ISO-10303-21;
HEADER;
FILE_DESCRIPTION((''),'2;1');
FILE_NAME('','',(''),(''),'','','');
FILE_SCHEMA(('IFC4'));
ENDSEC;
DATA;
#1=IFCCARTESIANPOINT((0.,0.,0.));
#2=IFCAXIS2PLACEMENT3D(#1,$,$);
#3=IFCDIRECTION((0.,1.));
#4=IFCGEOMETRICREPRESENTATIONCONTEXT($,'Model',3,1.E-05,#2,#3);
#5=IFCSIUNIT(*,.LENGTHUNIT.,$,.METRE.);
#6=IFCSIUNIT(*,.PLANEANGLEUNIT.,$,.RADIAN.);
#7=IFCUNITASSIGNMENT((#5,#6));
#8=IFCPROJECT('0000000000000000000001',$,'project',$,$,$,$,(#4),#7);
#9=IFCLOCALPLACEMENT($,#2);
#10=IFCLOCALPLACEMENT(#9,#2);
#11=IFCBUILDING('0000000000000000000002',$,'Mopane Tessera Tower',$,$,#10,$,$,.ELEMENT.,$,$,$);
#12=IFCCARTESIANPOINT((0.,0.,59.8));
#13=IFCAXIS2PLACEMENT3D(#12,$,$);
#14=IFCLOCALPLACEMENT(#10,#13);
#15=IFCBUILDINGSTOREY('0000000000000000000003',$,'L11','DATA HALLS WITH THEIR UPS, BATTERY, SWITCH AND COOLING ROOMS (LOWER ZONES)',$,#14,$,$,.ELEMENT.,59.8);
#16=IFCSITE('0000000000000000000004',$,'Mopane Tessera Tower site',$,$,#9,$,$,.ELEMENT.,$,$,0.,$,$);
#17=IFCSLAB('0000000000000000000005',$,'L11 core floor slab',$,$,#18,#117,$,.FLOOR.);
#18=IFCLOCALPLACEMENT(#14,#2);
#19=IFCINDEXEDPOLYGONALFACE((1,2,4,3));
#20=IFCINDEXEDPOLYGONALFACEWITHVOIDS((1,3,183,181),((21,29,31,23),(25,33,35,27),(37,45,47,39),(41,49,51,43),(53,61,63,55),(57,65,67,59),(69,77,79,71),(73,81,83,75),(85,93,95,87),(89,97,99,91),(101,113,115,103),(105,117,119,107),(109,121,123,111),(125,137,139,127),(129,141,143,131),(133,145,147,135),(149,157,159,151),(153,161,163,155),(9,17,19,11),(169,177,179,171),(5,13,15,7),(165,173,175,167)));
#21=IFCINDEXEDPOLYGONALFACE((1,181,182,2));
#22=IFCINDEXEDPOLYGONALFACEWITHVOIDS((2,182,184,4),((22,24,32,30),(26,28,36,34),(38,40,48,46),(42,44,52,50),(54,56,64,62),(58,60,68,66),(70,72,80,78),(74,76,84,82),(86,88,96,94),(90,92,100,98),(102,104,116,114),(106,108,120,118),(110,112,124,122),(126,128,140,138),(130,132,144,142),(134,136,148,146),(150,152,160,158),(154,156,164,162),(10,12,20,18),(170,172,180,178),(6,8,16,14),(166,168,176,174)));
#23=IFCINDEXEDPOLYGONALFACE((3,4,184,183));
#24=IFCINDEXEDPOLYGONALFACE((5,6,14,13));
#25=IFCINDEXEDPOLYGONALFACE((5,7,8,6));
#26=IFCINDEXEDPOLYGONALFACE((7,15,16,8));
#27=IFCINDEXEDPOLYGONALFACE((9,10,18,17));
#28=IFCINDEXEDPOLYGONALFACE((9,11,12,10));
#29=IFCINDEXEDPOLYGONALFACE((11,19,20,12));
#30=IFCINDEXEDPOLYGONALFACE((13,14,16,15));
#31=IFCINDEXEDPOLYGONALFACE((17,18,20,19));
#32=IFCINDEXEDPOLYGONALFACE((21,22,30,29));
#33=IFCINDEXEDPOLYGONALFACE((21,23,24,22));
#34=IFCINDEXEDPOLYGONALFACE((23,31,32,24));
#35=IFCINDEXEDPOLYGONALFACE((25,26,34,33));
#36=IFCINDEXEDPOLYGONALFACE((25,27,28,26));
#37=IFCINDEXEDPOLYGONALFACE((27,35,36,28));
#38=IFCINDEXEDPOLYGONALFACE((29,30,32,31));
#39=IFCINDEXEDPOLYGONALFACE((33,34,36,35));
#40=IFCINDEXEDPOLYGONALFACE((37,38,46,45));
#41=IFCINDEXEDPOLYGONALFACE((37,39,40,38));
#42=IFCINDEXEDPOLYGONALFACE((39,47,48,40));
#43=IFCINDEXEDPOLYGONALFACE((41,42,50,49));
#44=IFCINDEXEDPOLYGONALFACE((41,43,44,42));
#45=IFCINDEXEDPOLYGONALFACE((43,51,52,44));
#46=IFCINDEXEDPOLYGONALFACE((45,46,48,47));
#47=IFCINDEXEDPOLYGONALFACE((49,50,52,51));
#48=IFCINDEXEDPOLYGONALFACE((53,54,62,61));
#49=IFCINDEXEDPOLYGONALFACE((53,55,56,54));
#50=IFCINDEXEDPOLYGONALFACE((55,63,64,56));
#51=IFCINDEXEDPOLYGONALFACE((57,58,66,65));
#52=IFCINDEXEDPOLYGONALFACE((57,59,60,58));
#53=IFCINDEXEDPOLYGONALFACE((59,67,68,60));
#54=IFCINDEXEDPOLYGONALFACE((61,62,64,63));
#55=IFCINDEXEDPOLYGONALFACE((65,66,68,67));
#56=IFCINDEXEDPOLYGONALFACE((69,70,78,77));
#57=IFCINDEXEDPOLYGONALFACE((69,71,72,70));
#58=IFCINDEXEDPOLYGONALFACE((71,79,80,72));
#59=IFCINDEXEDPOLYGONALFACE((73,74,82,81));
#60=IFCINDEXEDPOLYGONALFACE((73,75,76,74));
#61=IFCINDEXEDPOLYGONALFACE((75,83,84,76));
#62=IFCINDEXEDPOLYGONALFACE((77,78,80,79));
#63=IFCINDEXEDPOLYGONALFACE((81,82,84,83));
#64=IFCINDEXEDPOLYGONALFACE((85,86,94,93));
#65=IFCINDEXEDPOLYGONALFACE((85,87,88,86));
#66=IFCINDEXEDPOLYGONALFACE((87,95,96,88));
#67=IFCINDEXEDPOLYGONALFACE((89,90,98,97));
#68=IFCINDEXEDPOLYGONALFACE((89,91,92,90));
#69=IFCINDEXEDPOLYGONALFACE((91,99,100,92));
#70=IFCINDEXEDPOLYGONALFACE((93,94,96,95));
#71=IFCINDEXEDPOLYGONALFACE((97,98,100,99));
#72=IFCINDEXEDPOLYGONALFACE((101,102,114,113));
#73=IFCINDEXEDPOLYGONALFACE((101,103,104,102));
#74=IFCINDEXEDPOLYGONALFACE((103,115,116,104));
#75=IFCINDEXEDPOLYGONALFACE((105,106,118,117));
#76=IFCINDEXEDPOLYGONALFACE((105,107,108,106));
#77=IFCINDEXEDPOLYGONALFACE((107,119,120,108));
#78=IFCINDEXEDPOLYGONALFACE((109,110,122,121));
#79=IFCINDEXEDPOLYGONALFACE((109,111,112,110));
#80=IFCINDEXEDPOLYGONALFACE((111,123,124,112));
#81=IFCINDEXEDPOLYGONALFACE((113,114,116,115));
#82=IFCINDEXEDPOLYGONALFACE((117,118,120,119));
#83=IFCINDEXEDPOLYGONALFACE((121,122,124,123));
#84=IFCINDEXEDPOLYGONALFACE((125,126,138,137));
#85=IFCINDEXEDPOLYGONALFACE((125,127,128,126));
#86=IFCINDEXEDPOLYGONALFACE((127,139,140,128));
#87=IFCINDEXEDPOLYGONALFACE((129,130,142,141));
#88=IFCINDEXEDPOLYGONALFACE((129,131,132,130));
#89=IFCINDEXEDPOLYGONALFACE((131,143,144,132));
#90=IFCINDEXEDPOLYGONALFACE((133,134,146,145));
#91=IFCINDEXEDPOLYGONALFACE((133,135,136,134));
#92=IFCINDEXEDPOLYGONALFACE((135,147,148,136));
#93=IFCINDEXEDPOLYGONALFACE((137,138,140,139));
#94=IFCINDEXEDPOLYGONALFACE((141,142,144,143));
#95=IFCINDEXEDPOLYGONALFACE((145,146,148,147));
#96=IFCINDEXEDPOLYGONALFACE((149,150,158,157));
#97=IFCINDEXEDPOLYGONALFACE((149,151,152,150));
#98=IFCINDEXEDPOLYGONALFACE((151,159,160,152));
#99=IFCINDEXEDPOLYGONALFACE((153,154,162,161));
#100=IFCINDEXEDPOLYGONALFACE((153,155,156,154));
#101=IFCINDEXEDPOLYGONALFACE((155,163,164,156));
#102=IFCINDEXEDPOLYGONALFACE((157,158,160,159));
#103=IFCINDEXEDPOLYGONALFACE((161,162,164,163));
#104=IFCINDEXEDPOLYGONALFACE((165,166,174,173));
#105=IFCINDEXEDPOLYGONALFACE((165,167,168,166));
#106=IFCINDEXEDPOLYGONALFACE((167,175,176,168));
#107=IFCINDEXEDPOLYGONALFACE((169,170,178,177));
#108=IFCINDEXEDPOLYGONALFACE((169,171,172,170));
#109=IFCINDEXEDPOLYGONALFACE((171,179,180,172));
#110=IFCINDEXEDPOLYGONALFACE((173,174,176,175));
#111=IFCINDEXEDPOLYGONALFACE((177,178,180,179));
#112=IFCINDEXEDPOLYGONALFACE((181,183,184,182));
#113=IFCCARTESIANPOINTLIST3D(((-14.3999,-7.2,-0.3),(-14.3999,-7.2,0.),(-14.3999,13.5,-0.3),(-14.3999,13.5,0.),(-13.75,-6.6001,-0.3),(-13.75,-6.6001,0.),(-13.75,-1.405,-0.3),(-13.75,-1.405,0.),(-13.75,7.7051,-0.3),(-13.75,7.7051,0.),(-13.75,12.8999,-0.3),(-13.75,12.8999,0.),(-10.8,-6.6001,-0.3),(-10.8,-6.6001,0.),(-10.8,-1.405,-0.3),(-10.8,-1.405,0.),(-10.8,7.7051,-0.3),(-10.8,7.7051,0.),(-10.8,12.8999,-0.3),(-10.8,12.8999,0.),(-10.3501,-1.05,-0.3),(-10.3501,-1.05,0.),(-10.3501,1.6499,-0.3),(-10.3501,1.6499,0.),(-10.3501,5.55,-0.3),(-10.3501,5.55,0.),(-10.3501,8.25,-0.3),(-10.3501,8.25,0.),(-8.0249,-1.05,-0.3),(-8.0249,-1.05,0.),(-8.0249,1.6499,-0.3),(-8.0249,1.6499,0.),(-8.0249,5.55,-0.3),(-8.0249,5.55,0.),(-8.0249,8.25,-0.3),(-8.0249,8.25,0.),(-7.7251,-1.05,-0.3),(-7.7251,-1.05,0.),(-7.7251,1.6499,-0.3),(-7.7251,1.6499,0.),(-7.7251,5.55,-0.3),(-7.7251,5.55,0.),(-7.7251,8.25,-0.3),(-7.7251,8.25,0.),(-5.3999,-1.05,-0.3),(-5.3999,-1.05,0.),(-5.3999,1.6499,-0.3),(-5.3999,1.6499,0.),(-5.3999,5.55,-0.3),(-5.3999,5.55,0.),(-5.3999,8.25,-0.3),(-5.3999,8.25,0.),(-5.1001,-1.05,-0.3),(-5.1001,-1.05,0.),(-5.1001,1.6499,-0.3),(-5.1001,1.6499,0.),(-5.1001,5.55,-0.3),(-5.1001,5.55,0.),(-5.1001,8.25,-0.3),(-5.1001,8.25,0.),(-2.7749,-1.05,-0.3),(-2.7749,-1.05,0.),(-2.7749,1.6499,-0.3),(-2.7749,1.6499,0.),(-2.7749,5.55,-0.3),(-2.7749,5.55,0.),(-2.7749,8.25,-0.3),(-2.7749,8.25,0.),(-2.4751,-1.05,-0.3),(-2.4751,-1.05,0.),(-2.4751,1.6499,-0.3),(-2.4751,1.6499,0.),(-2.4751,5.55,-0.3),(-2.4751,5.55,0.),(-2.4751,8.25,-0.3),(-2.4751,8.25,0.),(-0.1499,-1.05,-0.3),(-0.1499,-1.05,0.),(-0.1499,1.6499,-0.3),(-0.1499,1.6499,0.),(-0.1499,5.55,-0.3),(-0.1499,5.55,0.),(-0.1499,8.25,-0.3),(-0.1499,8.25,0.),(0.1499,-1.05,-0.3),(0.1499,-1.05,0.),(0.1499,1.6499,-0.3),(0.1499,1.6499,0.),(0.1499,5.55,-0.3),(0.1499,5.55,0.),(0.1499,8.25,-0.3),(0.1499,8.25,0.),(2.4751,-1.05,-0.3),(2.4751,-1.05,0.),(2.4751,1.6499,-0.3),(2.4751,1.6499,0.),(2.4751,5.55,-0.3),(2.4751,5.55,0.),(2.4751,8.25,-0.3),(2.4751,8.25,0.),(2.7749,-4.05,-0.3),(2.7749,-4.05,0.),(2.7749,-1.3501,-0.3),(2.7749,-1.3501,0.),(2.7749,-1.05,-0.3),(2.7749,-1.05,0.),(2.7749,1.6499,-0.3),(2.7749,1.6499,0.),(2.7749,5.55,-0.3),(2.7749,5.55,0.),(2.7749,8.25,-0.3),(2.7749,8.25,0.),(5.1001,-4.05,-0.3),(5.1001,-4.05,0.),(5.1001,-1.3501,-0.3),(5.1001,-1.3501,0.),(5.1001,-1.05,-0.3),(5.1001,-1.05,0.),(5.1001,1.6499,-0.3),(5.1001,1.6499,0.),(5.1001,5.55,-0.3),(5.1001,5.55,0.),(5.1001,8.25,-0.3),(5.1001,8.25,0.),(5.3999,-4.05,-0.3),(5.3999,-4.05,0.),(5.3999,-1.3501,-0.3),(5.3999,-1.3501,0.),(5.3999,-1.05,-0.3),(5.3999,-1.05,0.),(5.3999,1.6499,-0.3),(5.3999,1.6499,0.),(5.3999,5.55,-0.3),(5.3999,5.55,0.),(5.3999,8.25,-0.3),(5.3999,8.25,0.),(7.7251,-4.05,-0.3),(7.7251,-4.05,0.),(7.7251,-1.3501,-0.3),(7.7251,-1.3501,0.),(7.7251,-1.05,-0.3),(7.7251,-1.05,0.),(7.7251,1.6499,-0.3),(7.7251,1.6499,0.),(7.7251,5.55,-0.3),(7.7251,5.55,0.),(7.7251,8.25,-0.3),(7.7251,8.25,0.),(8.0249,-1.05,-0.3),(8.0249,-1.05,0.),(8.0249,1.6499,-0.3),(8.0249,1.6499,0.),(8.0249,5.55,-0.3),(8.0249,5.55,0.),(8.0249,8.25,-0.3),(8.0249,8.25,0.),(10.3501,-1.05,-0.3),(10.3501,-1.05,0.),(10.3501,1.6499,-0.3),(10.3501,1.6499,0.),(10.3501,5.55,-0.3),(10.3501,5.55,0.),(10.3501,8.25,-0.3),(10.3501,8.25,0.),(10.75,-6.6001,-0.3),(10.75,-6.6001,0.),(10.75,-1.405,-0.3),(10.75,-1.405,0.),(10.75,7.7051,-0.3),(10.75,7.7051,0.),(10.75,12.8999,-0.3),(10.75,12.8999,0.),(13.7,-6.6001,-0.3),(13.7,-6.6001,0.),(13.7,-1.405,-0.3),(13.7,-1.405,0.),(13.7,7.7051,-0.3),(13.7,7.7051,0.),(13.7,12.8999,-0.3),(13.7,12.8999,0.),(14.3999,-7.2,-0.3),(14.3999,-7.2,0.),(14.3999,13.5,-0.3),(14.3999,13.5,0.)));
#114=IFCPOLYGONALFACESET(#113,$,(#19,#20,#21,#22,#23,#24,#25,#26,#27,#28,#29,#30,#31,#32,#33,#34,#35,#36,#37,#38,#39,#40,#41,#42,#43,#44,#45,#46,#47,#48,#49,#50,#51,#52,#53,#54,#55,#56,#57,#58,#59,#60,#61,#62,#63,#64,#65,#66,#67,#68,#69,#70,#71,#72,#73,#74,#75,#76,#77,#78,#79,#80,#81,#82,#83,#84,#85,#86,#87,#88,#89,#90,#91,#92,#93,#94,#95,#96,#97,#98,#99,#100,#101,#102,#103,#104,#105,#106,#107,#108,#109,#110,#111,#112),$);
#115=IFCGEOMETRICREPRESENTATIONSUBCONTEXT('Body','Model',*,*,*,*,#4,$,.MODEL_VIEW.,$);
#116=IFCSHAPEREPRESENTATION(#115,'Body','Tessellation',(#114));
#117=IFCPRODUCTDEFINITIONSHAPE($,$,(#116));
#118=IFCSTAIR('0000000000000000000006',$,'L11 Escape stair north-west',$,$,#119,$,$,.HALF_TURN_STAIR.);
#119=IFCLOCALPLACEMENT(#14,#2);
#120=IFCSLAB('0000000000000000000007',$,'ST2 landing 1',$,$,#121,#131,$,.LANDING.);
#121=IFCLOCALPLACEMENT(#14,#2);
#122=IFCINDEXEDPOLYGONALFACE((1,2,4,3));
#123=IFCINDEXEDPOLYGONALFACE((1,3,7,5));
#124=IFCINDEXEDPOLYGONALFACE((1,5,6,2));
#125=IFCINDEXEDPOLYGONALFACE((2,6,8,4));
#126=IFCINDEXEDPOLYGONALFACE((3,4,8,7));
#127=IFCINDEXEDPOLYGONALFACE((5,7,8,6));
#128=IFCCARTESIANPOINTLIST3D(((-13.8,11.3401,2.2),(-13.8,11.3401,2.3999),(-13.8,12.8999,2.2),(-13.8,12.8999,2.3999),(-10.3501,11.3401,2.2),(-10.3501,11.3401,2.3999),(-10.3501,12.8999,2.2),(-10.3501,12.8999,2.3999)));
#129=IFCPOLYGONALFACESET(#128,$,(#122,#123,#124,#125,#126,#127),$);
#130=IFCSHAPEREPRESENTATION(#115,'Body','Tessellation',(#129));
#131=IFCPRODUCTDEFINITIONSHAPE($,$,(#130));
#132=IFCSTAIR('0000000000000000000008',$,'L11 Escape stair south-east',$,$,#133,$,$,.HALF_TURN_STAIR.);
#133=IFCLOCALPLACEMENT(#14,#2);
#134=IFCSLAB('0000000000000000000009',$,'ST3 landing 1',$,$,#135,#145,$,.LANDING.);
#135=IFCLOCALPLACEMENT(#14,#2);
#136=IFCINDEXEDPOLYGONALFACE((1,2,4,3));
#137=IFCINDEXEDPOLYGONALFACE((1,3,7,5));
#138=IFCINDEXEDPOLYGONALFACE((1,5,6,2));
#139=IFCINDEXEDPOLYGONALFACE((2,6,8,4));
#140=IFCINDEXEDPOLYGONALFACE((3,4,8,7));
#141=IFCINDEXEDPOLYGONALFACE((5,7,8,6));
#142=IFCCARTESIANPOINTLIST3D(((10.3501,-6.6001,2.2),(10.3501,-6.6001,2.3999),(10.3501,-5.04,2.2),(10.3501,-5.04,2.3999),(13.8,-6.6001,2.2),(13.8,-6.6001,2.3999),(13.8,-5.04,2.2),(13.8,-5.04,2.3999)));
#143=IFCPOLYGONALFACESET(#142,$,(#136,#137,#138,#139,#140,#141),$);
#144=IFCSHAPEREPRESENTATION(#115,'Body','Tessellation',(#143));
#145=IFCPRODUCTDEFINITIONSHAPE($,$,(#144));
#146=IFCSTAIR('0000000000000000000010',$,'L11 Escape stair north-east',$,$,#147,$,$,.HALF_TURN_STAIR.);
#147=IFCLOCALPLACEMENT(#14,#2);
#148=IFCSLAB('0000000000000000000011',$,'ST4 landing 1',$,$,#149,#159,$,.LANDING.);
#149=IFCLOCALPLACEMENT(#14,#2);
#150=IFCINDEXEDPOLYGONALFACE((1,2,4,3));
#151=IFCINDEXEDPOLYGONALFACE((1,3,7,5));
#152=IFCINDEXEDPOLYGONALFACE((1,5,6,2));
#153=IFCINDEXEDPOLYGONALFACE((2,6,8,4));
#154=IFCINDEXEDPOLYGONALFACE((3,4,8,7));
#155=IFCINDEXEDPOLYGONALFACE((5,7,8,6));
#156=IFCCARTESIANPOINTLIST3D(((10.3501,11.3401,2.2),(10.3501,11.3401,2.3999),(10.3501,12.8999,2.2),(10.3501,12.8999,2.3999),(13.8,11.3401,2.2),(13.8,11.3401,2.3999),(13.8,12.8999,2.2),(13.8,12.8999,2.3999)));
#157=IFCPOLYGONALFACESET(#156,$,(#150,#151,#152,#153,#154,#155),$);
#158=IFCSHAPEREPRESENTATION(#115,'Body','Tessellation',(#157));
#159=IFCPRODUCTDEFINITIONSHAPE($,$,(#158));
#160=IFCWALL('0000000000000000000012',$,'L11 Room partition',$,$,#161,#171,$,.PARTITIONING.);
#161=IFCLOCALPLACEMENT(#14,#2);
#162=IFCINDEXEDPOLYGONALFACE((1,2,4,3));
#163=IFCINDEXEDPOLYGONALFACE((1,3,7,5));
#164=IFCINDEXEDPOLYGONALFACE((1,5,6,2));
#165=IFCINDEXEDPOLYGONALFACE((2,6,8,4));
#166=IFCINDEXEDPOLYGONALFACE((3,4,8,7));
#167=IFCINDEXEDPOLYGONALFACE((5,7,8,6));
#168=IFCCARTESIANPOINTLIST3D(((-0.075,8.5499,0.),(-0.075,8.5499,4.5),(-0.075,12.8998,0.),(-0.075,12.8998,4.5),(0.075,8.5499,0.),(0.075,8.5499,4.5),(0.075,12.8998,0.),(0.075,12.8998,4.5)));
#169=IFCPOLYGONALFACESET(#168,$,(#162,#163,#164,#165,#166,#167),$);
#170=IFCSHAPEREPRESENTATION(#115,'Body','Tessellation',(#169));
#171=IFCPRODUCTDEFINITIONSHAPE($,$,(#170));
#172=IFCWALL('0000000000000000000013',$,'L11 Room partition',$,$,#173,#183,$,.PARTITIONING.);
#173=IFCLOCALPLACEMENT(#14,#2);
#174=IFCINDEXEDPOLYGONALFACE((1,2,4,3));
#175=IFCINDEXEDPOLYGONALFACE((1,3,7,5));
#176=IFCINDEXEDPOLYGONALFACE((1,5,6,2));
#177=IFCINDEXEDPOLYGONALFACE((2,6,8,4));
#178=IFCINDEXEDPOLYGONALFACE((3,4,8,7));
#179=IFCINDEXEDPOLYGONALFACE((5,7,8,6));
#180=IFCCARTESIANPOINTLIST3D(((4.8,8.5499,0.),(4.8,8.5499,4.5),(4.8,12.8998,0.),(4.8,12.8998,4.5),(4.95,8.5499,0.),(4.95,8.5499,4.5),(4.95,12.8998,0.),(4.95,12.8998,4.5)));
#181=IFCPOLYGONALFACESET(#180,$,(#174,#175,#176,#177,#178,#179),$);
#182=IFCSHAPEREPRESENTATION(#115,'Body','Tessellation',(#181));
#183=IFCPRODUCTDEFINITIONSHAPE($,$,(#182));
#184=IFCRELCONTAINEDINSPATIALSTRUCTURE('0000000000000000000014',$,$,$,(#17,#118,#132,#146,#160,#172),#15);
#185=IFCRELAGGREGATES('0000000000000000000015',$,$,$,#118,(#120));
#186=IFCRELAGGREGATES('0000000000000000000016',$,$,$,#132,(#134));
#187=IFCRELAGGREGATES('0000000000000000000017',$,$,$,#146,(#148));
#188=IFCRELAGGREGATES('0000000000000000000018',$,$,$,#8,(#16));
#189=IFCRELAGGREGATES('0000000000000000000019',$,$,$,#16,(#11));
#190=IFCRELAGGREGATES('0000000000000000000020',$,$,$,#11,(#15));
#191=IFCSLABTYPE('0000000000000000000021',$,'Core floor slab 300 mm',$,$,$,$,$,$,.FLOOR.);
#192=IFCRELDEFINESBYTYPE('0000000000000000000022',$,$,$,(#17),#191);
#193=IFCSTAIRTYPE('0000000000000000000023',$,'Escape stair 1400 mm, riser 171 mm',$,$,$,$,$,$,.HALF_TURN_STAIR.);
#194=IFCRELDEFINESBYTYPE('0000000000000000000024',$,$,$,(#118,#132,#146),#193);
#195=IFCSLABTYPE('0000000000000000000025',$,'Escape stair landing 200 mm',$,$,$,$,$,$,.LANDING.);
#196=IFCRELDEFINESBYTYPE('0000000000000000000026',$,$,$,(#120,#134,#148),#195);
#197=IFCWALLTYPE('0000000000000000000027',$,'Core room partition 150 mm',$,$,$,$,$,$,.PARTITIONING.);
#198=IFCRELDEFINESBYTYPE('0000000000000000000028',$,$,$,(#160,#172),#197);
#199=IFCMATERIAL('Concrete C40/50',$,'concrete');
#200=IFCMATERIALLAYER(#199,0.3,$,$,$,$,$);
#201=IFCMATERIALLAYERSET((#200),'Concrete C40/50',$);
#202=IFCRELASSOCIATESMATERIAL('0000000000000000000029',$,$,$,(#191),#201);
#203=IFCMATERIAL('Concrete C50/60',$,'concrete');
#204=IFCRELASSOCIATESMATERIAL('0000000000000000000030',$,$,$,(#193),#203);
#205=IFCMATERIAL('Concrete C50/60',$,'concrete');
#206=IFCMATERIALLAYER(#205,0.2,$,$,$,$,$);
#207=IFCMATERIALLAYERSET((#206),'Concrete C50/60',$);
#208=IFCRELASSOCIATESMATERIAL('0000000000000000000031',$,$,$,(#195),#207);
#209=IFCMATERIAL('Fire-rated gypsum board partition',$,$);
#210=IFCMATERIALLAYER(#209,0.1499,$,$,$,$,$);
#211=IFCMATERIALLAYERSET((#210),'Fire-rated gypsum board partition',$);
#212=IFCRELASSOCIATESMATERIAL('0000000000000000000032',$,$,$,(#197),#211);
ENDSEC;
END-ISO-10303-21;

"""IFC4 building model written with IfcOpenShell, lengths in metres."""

from ifc_helpers import new_model, si_unit, direction, frame, frame_2d, origin, place, context, subcontext, project, spatial, polyline, rectangle, outline, extrude, material, layer, layer_set, type_object, element, aggregate, save


model = new_model("IFC4")

# Units and contexts
model_context = context("Model", 3, precision=1e-05, world=origin(), true_north=direction((0.0, 1.0)))
body_context = subcontext(model_context, "Body", "Model", "MODEL_VIEW")
ifc_project = project(units=[si_unit("LENGTHUNIT", "METRE"), si_unit("PLANEANGLEUNIT", "RADIAN")], contexts=[model_context])

# Site, building, storey
site_placement = place(None, origin())
site = spatial("IfcSite", under=ifc_project, at=site_placement, Name="Mopane Tessera Tower site", CompositionType="ELEMENT", RefElevation=0.0)
building_placement = place(site_placement, origin())
building = spatial("IfcBuilding", under=site, at=building_placement, Name="Mopane Tessera Tower", CompositionType="ELEMENT")
storey_placement = place(building_placement, frame((0.0, 0.0, 59.8)))
storey = spatial("IfcBuildingStorey", under=building, at=storey_placement, Name="L11", Description="DATA HALLS WITH THEIR UPS, BATTERY, SWITCH AND COOLING ROOMS (LOWER ZONES)", CompositionType="ELEMENT", Elevation=59.8)

# Slab
ifc_material_1 = material(Name="Concrete C40/50", Category="concrete")
ifc_layer_1 = layer(ifc_material_1, 0.3)
ifc_layer_set_1 = layer_set([ifc_layer_1], Name="Concrete C40/50")
slab_type_1 = type_object("IfcSlabType", Name="Core floor slab 300 mm", PredefinedType="FLOOR", material=ifc_layer_set_1)
slab_1_placement = place(storey_placement, frame((0.0, 0.0, -0.3)))
element("IfcSlab", 1, at=slab_1_placement, inside=storey, type_object=slab_type_1, Name="L11 core floor slab", PredefinedType="FLOOR", context=body_context, shape_type="SweptSolid", body=[
    extrude(outline(polyline([(-14.3999, -7.2), (14.3999, -7.2), (14.3999, 13.5), (-14.3999, 13.5), (-14.3999, -7.2)]), holes=[polyline([(-10.3501, -1.05), (-8.0249, -1.05), (-8.0249, 1.6499), (-10.3501, 1.6499), (-10.3501, -1.05)]), polyline([(-7.7251, -1.05), (-5.3999, -1.05), (-5.3999, 1.6499), (-7.7251, 1.6499), (-7.7251, -1.05)]), polyline([(-5.1001, -1.05), (-2.7749, -1.05), (-2.7749, 1.6499), (-5.1001, 1.6499), (-5.1001, -1.05)]), polyline([(-2.4751, -1.05), (-0.1499, -1.05), (-0.1499, 1.6499), (-2.4751, 1.6499), (-2.4751, -1.05)]), polyline([(0.1499, -1.05), (2.4751, -1.05), (2.4751, 1.6499), (0.1499, 1.6499), (0.1499, -1.05)]), polyline([(2.7749, -1.05), (5.1001, -1.05), (5.1001, 1.6499), (2.7749, 1.6499), (2.7749, -1.05)]), polyline([(5.3999, -1.05), (7.7251, -1.05), (7.7251, 1.6499), (5.3999, 1.6499), (5.3999, -1.05)]), polyline([(8.0249, -1.05), (10.3501, -1.05), (10.3501, 1.6499), (8.0249, 1.6499), (8.0249, -1.05)]), polyline([(-10.3501, 5.55), (-8.0249, 5.55), (-8.0249, 8.25), (-10.3501, 8.25), (-10.3501, 5.55)]), polyline([(-7.7251, 5.55), (-5.3999, 5.55), (-5.3999, 8.25), (-7.7251, 8.25), (-7.7251, 5.55)]), polyline([(-5.1001, 5.55), (-2.7749, 5.55), (-2.7749, 8.25), (-5.1001, 8.25), (-5.1001, 5.55)]), polyline([(-2.4751, 5.55), (-0.1499, 5.55), (-0.1499, 8.25), (-2.4751, 8.25), (-2.4751, 5.55)]), polyline([(0.1499, 5.55), (2.4751, 5.55), (2.4751, 8.25), (0.1499, 8.25), (0.1499, 5.55)]), polyline([(2.7749, 5.55), (5.1001, 5.55), (5.1001, 8.25), (2.7749, 8.25), (2.7749, 5.55)]), polyline([(5.3999, 5.55), (7.7251, 5.55), (7.7251, 8.25), (5.3999, 8.25), (5.3999, 5.55)]), polyline([(8.0249, 5.55), (10.3501, 5.55), (10.3501, 8.25), (8.0249, 8.25), (8.0249, 5.55)]), polyline([(2.7749, -4.05), (5.1001, -4.05), (5.1001, -1.3501), (2.7749, -1.3501), (2.7749, -4.05)]), polyline([(5.3999, -4.05), (7.7251, -4.05), (7.7251, -1.3501), (5.3999, -1.3501), (5.3999, -4.05)]), polyline([(-13.75, -1.405), (-13.75, -6.6001), (-10.8, -6.6001), (-10.8, -1.405), (-13.75, -1.405)]), polyline([(-10.8, 7.7051), (-10.8, 12.8999), (-13.75, 12.8999), (-13.75, 7.7051), (-10.8, 7.7051)]), polyline([(10.75, -1.405), (10.75, -6.6001), (13.7, -6.6001), (13.7, -1.405), (10.75, -1.405)]), polyline([(13.7, 7.7051), (13.7, 12.8999), (10.75, 12.8999), (10.75, 7.7051), (13.7, 7.7051)])]), origin(), (0.0, 0.0, 1.0), 0.3),
])

# Stairs, slabs
ifc_material_2 = material(Name="Concrete C50/60", Category="concrete")
stair_type = type_object("IfcStairType", Name="Escape stair 1400 mm, riser 171 mm", PredefinedType="HALF_TURN_STAIR", material=ifc_material_2)
stair_1_placement = place(storey_placement, origin())
stair_1 = element("IfcStair", 2, at=stair_1_placement, inside=storey, type_object=stair_type, Name="L11 Escape stair north-west", PredefinedType="HALF_TURN_STAIR")
ifc_material_3 = material(Name="Concrete C50/60", Category="concrete")
ifc_layer_2 = layer(ifc_material_3, 0.2)
ifc_layer_set_2 = layer_set([ifc_layer_2], Name="Concrete C50/60")
slab_type_2 = type_object("IfcSlabType", Name="Escape stair landing 200 mm", PredefinedType="LANDING", material=ifc_layer_set_2)
slab_2_placement = place(storey_placement, frame((0.0, 0.0, 2.2)))
slab_2 = element("IfcSlab", 3, at=slab_2_placement, type_object=slab_type_2, Name="ST2 landing 1", PredefinedType="LANDING", context=body_context, shape_type="SweptSolid", body=[
    extrude(outline(polyline([(-10.3501, 11.3401), (-10.3501, 12.8999), (-13.8, 12.8999), (-13.8, 11.3401), (-10.3501, 11.3401)])), origin(), (0.0, 0.0, 1.0), 0.2),
])
aggregate(stair_1, [slab_2])
stair_2_placement = place(storey_placement, origin())
stair_2 = element("IfcStair", 4, at=stair_2_placement, inside=storey, type_object=stair_type, Name="L11 Escape stair south-east", PredefinedType="HALF_TURN_STAIR")
slab_3_placement = place(storey_placement, frame((0.0, 0.0, 2.2)))
slab_3 = element("IfcSlab", 5, at=slab_3_placement, type_object=slab_type_2, Name="ST3 landing 1", PredefinedType="LANDING", context=body_context, shape_type="SweptSolid", body=[
    extrude(outline(polyline([(10.3501, -5.04), (10.3501, -6.6001), (13.8, -6.6001), (13.8, -5.04), (10.3501, -5.04)])), origin(), (0.0, 0.0, 1.0), 0.2),
])
stair_3_placement = place(storey_placement, origin())
stair_3 = element("IfcStair", 6, at=stair_3_placement, inside=storey, type_object=stair_type, Name="L11 Escape stair north-east", PredefinedType="HALF_TURN_STAIR")
slab_4_placement = place(storey_placement, frame((0.0, 0.0, 2.2)))
slab_4 = element("IfcSlab", 7, at=slab_4_placement, type_object=slab_type_2, Name="ST4 landing 1", PredefinedType="LANDING", context=body_context, shape_type="SweptSolid", body=[
    extrude(outline(polyline([(13.8, 11.3401), (13.8, 12.8999), (10.3501, 12.8999), (10.3501, 11.3401), (13.8, 11.3401)])), origin(), (0.0, 0.0, 1.0), 0.2),
])

# Walls
ifc_material_4 = material(Name="Fire-rated gypsum board partition")
ifc_layer_3 = layer(ifc_material_4, 0.1499)
ifc_layer_set_3 = layer_set([ifc_layer_3], Name="Fire-rated gypsum board partition")
wall_type_1 = type_object("IfcWallType", Name="Core room partition 150 mm", PredefinedType="PARTITIONING", material=ifc_layer_set_3)
for number, where, z_axis, x_axis, name in (
    (8, (0.0, 8.55, 0.0), (0.0, 0.0, 1.0), (0.0, 1.0, 0.0), "L11 Room partition"),
    (9, (4.875, 8.55, 0.0), (0.0, 0.0, 1.0), (0.0, 1.0, 0.0), "L11 Room partition"),
):
    element("IfcWall", number, at=place(storey_placement, frame(where, z_axis=z_axis, x_axis=x_axis)), inside=storey, type_object=wall_type_1, Name=name, PredefinedType="PARTITIONING", context=body_context, shape_type="SweptSolid", body=[
        extrude(rectangle(XDim=4.3499, YDim=0.1499, at=frame_2d((2.1748, 0.0))), origin(), (0.0, 0.0, 1.0), 4.5),
    ])

aggregate(stair_2, [slab_3])
aggregate(stair_3, [slab_4])

save(model, "model.ifc")
